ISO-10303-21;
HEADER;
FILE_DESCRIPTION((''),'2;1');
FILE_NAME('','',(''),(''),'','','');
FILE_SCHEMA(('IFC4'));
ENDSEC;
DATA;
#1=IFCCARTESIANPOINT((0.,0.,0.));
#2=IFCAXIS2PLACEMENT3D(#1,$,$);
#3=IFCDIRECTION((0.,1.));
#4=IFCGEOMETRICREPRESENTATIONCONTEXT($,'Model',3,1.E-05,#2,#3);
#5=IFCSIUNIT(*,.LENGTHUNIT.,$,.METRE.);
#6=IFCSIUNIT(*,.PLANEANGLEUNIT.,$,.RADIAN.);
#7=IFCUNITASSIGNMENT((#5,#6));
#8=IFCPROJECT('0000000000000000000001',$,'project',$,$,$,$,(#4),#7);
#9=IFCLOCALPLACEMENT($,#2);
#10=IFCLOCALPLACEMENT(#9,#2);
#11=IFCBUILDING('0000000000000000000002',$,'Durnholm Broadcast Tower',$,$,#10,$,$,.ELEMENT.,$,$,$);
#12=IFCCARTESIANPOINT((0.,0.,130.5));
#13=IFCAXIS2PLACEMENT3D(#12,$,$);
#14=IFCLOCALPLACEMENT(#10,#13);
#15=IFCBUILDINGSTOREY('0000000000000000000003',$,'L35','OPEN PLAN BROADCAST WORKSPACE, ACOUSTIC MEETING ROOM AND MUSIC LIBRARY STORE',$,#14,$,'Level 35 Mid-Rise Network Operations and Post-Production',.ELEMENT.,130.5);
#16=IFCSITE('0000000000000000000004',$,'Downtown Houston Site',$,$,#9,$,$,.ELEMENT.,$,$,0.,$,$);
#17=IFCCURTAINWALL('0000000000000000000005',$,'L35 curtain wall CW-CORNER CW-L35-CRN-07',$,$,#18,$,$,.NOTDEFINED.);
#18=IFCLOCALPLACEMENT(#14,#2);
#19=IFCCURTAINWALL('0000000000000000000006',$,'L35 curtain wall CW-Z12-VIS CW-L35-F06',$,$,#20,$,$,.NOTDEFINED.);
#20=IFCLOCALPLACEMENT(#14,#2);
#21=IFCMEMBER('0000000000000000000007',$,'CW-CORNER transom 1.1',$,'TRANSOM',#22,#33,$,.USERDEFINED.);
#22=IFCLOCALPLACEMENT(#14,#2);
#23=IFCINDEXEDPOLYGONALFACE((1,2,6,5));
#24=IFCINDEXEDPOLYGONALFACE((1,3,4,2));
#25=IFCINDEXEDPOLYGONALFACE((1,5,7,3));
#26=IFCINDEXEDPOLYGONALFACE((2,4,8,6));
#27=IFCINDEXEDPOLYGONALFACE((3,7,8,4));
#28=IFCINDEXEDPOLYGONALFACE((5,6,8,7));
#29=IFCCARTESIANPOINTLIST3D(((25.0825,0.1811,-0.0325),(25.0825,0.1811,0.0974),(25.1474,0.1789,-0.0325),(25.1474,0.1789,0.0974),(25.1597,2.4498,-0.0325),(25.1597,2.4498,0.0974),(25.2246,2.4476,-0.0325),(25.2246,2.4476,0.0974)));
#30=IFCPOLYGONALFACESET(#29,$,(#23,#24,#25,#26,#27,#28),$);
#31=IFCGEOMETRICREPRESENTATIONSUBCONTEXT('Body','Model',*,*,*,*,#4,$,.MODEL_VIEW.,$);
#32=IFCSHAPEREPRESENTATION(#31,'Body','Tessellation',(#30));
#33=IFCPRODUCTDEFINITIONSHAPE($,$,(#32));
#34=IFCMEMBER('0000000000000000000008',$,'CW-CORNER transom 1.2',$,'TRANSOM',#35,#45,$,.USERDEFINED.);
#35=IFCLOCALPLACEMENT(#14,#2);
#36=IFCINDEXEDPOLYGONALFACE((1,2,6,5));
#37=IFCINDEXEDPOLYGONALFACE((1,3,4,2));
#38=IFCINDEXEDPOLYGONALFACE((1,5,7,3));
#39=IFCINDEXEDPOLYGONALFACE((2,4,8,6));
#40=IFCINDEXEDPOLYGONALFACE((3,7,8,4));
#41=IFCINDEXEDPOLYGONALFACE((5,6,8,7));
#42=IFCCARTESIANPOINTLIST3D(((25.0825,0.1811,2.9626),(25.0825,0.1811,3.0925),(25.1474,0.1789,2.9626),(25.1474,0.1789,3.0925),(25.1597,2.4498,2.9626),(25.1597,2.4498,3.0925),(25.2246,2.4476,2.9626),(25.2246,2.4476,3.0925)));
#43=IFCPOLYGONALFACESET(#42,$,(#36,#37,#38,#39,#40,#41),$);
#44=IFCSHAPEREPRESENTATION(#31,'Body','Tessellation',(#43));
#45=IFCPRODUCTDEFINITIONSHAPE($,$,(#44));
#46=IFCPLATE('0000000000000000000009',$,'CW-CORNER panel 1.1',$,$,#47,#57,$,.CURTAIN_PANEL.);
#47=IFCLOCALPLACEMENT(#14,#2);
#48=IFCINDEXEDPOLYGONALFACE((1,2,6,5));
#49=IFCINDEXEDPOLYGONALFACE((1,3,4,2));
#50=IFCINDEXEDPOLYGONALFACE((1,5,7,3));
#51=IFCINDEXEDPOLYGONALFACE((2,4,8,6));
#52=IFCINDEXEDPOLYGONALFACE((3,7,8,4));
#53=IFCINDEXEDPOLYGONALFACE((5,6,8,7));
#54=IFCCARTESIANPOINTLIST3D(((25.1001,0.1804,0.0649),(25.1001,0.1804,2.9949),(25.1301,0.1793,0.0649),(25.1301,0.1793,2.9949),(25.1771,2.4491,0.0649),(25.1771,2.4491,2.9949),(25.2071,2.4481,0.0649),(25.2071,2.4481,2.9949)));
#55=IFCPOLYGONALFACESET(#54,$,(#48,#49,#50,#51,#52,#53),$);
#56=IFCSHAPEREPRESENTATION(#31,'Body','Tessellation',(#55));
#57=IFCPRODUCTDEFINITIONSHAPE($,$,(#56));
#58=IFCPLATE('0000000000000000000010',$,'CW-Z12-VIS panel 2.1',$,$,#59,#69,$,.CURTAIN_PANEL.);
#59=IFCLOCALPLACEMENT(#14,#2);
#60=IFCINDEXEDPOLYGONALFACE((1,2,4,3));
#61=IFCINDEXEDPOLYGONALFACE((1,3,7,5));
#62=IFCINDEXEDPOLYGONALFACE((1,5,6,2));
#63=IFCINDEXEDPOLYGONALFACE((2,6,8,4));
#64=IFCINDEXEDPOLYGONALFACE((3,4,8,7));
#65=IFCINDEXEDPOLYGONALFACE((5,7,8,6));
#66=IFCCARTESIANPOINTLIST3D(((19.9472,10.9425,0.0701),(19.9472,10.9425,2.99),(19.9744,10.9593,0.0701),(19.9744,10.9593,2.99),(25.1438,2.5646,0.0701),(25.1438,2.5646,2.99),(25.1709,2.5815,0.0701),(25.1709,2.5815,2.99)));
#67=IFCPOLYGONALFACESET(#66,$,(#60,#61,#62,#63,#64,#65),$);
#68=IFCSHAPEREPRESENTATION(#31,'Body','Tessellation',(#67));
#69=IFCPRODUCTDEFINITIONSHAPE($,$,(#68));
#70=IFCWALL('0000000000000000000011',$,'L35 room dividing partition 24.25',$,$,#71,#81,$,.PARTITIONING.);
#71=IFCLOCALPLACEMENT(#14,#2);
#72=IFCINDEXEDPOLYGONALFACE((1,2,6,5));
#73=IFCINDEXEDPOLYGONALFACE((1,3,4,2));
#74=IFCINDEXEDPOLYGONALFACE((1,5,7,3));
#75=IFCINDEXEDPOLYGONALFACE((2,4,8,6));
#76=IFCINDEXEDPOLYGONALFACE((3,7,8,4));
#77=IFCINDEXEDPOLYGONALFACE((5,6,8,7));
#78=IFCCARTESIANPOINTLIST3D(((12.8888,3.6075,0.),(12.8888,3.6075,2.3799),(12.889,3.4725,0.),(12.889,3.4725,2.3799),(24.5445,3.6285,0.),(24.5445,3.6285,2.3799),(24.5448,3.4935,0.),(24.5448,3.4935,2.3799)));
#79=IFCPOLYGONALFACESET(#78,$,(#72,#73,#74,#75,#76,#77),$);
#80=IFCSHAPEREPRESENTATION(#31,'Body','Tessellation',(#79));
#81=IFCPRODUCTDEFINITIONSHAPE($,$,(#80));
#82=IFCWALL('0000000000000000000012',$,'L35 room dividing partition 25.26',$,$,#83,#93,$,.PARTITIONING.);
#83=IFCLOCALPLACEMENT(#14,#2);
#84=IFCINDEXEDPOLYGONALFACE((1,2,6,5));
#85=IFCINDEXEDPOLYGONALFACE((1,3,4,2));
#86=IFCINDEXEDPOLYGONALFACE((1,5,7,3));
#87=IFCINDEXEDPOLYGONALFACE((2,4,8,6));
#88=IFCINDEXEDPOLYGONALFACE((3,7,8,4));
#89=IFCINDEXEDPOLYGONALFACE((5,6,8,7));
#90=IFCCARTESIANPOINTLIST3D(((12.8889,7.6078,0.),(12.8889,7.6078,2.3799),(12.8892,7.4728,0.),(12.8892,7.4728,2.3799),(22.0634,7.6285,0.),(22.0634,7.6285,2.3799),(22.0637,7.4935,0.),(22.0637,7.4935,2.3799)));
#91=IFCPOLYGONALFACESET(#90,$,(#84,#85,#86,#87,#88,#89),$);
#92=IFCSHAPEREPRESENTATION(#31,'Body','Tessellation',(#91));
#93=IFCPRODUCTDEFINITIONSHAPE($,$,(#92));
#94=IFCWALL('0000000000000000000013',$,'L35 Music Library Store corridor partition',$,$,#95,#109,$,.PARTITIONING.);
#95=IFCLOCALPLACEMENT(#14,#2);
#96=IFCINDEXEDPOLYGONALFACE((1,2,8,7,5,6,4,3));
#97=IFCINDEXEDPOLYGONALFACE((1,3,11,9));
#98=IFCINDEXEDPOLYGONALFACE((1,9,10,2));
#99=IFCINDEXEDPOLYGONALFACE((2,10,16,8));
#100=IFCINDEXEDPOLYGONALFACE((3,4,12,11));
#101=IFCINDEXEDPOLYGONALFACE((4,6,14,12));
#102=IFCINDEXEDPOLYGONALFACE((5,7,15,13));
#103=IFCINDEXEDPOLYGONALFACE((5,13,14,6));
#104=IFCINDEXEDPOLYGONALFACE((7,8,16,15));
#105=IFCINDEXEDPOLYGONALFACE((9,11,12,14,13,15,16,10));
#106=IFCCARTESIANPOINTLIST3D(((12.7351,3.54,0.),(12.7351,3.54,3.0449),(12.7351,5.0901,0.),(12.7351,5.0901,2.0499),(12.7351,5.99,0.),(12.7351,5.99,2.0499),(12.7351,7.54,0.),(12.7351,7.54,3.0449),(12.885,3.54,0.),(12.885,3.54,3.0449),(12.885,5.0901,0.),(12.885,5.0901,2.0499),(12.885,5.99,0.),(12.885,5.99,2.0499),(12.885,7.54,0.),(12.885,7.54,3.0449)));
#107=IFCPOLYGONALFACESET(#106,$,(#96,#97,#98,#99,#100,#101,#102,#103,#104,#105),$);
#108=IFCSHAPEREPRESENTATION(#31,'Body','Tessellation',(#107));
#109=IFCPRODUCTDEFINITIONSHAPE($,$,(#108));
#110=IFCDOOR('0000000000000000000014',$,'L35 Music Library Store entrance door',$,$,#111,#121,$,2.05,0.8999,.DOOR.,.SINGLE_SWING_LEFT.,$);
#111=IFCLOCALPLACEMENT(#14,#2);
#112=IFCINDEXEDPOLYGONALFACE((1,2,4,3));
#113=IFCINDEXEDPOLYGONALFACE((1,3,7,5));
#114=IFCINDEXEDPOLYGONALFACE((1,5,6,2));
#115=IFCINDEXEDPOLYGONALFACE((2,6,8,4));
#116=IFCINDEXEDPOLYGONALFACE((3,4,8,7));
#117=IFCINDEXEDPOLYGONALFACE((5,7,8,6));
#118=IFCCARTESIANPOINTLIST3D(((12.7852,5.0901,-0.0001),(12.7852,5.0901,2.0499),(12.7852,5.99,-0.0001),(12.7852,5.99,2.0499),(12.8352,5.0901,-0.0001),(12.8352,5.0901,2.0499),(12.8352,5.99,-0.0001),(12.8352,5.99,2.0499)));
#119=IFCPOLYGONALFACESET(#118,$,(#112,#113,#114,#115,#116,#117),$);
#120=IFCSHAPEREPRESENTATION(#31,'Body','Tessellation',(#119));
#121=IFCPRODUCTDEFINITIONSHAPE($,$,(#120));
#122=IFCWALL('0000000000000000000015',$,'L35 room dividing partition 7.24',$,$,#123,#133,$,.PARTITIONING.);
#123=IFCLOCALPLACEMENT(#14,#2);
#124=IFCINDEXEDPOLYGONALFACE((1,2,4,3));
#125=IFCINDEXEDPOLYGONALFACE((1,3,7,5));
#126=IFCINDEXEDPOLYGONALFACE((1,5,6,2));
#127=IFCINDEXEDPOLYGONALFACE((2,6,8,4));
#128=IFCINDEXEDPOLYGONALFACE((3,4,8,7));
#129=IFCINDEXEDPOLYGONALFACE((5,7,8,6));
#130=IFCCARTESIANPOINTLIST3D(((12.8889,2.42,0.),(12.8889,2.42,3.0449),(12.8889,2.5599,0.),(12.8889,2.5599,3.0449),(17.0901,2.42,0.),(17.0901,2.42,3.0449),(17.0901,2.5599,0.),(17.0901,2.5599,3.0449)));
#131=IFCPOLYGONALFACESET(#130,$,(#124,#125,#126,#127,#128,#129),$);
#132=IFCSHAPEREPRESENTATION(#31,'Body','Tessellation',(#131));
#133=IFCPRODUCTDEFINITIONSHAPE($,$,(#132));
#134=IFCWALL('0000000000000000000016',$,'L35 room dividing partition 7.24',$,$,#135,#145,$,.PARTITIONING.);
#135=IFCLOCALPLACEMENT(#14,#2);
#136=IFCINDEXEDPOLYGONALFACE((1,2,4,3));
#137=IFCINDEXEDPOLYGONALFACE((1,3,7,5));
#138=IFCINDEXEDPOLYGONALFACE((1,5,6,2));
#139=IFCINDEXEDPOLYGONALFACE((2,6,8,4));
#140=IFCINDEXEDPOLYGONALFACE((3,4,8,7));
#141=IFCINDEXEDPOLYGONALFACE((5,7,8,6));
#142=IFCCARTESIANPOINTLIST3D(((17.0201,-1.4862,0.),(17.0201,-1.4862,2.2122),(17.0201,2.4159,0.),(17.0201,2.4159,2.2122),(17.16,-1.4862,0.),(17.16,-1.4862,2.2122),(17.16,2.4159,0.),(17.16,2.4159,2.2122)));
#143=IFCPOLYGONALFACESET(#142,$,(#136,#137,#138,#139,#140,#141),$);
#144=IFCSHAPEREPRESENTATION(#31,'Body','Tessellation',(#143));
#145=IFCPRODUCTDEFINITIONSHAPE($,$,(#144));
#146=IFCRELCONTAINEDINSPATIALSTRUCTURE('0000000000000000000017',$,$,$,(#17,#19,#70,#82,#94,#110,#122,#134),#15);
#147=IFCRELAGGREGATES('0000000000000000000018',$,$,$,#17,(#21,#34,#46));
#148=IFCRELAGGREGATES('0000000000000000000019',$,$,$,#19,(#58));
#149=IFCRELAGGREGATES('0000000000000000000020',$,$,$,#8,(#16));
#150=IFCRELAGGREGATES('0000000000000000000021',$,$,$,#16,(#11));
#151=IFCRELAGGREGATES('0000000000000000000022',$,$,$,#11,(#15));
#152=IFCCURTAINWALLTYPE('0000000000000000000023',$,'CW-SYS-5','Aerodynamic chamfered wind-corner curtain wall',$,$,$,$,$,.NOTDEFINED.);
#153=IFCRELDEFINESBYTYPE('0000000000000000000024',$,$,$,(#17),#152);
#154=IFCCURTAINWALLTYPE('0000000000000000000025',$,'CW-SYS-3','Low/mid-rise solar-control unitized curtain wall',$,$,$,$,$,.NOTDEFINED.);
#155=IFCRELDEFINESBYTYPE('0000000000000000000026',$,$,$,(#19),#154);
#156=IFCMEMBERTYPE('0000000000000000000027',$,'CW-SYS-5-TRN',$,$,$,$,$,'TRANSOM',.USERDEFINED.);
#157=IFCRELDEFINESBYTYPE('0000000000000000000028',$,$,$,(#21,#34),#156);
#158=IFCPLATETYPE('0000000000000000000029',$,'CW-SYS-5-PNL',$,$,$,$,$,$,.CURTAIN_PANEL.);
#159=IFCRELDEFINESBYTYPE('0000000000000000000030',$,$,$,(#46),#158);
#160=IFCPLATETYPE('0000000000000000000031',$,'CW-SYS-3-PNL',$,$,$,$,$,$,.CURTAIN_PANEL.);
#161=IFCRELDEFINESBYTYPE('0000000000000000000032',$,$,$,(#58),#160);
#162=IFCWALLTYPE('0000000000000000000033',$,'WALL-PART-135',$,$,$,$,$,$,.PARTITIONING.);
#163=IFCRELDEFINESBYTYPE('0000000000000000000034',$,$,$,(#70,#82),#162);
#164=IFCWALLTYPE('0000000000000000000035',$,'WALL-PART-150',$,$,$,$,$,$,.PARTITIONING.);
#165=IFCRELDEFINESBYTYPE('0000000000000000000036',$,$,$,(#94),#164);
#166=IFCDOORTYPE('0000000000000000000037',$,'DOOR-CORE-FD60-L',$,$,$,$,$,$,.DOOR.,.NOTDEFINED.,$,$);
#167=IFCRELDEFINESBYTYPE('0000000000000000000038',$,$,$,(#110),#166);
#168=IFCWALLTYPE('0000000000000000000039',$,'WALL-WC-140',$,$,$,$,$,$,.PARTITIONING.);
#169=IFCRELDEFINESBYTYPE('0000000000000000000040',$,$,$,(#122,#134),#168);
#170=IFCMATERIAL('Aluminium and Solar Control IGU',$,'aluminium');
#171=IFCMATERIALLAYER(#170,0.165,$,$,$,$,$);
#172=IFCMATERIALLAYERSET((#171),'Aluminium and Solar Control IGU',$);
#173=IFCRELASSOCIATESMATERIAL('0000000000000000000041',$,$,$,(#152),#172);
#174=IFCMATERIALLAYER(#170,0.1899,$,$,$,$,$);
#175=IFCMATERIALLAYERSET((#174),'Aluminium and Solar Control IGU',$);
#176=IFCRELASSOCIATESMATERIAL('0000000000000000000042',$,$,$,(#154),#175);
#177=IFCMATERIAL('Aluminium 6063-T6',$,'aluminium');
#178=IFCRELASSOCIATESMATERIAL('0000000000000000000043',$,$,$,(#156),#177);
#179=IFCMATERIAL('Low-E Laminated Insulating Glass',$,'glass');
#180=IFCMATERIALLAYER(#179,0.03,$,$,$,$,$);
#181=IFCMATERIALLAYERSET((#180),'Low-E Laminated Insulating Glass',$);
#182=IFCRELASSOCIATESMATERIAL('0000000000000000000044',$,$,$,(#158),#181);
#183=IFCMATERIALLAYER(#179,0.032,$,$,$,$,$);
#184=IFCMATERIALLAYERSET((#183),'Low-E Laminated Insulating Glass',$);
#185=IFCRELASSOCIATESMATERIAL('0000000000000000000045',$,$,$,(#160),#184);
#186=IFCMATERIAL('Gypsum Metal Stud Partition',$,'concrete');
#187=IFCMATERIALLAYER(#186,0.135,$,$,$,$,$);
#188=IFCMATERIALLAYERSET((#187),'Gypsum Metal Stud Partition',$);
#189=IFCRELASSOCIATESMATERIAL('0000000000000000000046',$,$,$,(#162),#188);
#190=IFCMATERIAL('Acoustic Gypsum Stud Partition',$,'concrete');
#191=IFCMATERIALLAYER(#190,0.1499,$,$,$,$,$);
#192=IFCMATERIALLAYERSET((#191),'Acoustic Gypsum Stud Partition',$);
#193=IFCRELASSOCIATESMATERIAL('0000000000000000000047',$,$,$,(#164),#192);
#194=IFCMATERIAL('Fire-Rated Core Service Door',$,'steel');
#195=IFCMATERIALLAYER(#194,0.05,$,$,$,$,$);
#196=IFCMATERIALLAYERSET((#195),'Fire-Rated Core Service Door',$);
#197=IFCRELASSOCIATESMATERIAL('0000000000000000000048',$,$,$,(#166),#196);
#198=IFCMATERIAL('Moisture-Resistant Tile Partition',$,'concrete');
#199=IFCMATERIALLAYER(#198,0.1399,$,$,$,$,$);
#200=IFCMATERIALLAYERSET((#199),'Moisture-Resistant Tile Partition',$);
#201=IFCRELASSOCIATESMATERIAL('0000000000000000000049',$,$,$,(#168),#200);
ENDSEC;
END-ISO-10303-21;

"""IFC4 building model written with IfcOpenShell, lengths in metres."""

from ifc_helpers import new_model, si_unit, direction, frame, frame_2d, origin, origin_2d, place, context, subcontext, project, spatial, rectangle, extrude, source, transform, mapped, material, layer, layer_set, material_profile, profile_set, type_object, type_shapes, element, fill, aggregate, save


model = new_model("IFC4")

# Units and contexts
model_context = context("Model", 3, precision=1e-05, world=origin(), true_north=direction((0.0, 1.0)))
body_context = subcontext(model_context, "Body", "Model", "MODEL_VIEW")
ifc_project = project(units=[si_unit("LENGTHUNIT", "METRE"), si_unit("PLANEANGLEUNIT", "RADIAN")], contexts=[model_context])

# Site, building, storey
site_placement = place(None, origin())
site = spatial("IfcSite", under=ifc_project, at=site_placement, Name="Downtown Houston Site", CompositionType="ELEMENT", RefElevation=0.0)
building_placement = place(site_placement, origin())
building = spatial("IfcBuilding", under=site, at=building_placement, Name="Durnholm Broadcast Tower", CompositionType="ELEMENT")
storey_placement = place(building_placement, frame((0.0, 0.0, 130.5)))
storey = spatial("IfcBuildingStorey", under=building, at=storey_placement, Name="L35", Description="OPEN PLAN BROADCAST WORKSPACE, ACOUSTIC MEETING ROOM AND MUSIC LIBRARY STORE", LongName="Level 35 Mid-Rise Network Operations and Post-Production", CompositionType="ELEMENT", Elevation=130.5)

# Curtain walls
ifc_material_1 = material(Name="Aluminium and Solar Control IGU", Category="aluminium")
ifc_layer_1 = layer(ifc_material_1, 0.165)
ifc_layer_set_1 = layer_set([ifc_layer_1], Name="Aluminium and Solar Control IGU")
curtain_wall_type_1 = type_object("IfcCurtainWallType", Name="CW-SYS-5", Description="Aerodynamic chamfered wind-corner curtain wall", PredefinedType="NOTDEFINED", material=ifc_layer_set_1)
curtain_wall_1_placement = place(storey_placement, origin())
curtain_wall_1 = element("IfcCurtainWall", 1, at=curtain_wall_1_placement, inside=storey, type_object=curtain_wall_type_1, Name="L35 curtain wall CW-CORNER CW-L35-CRN-07", PredefinedType="NOTDEFINED")
ifc_material_2 = material(Name="Aluminium 6063-T6", Category="aluminium")
ifc_layer_2 = layer(ifc_material_1, 0.1899)
ifc_layer_set_2 = layer_set([ifc_layer_2], Name="Aluminium and Solar Control IGU")
curtain_wall_type_2 = type_object("IfcCurtainWallType", Name="CW-SYS-3", Description="Low/mid-rise solar-control unitized curtain wall", PredefinedType="NOTDEFINED", material=ifc_layer_set_2)
curtain_wall_2_placement = place(storey_placement, origin())
curtain_wall_2 = element("IfcCurtainWall", 2, at=curtain_wall_2_placement, inside=storey, type_object=curtain_wall_type_2, Name="L35 curtain wall CW-Z12-VIS CW-L35-F06", PredefinedType="NOTDEFINED")

# Members
ifc_material_profile_1 = material_profile(ifc_material_2, rectangle(XDim=0.0649, YDim=0.1299, at=origin_2d()), Name="CWT65X130")
ifc_profile_set_1 = profile_set([ifc_material_profile_1], Name="Aluminium 6063-T6")
member_type_1 = type_object("IfcMemberType", Name="CW-SYS-5-TRN", ElementType="TRANSOM", PredefinedType="USERDEFINED", material=ifc_profile_set_1)
shared_shape_1 = source(origin(), body_context, "Body", "SweptSolid", [
    extrude(rectangle(XDim=0.0649, YDim=0.1299, at=origin_2d()), origin(), (0.0, 0.0, 1.0), 2.27),
])
type_shapes(member_type_1, [shared_shape_1])
member_1_placement = place(storey_placement, frame((25.1921, 2.4487, 0.0325), z_axis=(-0.033984, -0.999422, 0.0), x_axis=(0.999422, -0.033984, 0.0)))
member_1 = element("IfcMember", 3, at=member_1_placement, type_object=member_type_1, Name="CW-CORNER transom 1.1", ObjectType="TRANSOM", PredefinedType="USERDEFINED", context=body_context, shape_type="MappedRepresentation", body=[
    mapped(shared_shape_1, transform((0.0, 0.0, 0.0), x_axis=(1.0, 0.0, 0.0), y_axis=(0.0, 1.0, 0.0), z_axis=(0.0, 0.0, 1.0), scale=1.0)),
])
member_2_placement = place(storey_placement, frame((25.1921, 2.4487, 3.0276), z_axis=(-0.033984, -0.999422, 0.0), x_axis=(0.999422, -0.033984, 0.0)))
member_2 = element("IfcMember", 4, at=member_2_placement, type_object=member_type_1, Name="CW-CORNER transom 1.2", ObjectType="TRANSOM", PredefinedType="USERDEFINED", context=body_context, shape_type="MappedRepresentation", body=[
    mapped(shared_shape_1, transform((0.0, 0.0, 0.0), x_axis=(1.0, 0.0, 0.0), y_axis=(0.0, 1.0, 0.0), z_axis=(0.0, 0.0, 1.0), scale=1.0)),
])

# Plates
ifc_material_3 = material(Name="Low-E Laminated Insulating Glass", Category="glass")
ifc_layer_3 = layer(ifc_material_3, 0.03)
ifc_layer_set_3 = layer_set([ifc_layer_3], Name="Low-E Laminated Insulating Glass")
plate_type_1 = type_object("IfcPlateType", Name="CW-SYS-5-PNL", PredefinedType="CURTAIN_PANEL", material=ifc_layer_set_3)
shared_shape_2 = source(origin(), body_context, "Body", "SweptSolid", [
    extrude(rectangle(XDim=2.27, YDim=0.03, at=origin_2d()), origin(), (0.0, 0.0, 1.0), 2.9299),
])
type_shapes(plate_type_1, [shared_shape_2])
plate_1_placement = place(storey_placement, frame((25.1536, 1.3142, 0.0649), z_axis=(0.0, 0.0, 1.0), x_axis=(-0.033917, -0.999425, 0.0)))
plate_1 = element("IfcPlate", 5, at=plate_1_placement, type_object=plate_type_1, Name="CW-CORNER panel 1.1", PredefinedType="CURTAIN_PANEL", context=body_context, shape_type="MappedRepresentation", body=[
    mapped(shared_shape_2, transform((0.0, 0.0, 0.0), x_axis=(1.0, 0.0, 0.0), y_axis=(0.0, 1.0, 0.0), z_axis=(0.0, 0.0, 1.0), scale=1.0)),
])
aggregate(curtain_wall_1, [member_1, member_2, plate_1])
ifc_layer_4 = layer(ifc_material_3, 0.032)
ifc_layer_set_4 = layer_set([ifc_layer_4], Name="Low-E Laminated Insulating Glass")
plate_type_2 = type_object("IfcPlateType", Name="CW-SYS-3-PNL", PredefinedType="CURTAIN_PANEL", material=ifc_layer_set_4)
shared_shape_3 = source(origin(), body_context, "Body", "SweptSolid", [
    extrude(rectangle(XDim=9.8586, YDim=0.032, at=origin_2d()), origin(), (0.0, 0.0, 1.0), 2.9199),
])
type_shapes(plate_type_2, [shared_shape_3])
plate_2_placement = place(storey_placement, frame((22.5591, 6.762, 0.0701), z_axis=(0.0, 0.0, 1.0), x_axis=(0.527105, -0.8498, 0.0)))
plate_2 = element("IfcPlate", 6, at=plate_2_placement, type_object=plate_type_2, Name="CW-Z12-VIS panel 2.1", PredefinedType="CURTAIN_PANEL", context=body_context, shape_type="MappedRepresentation", body=[
    mapped(shared_shape_3, transform((0.0, 0.0, 0.0), x_axis=(1.0, 0.0, 0.0), y_axis=(0.0, 1.0, 0.0), z_axis=(0.0, 0.0, 1.0), scale=1.0)),
])
aggregate(curtain_wall_2, [plate_2])

# Walls
ifc_material_4 = material(Name="Gypsum Metal Stud Partition", Category="concrete")
ifc_layer_5 = layer(ifc_material_4, 0.135)
ifc_layer_set_5 = layer_set([ifc_layer_5], Name="Gypsum Metal Stud Partition")
wall_type_1 = type_object("IfcWallType", Name="WALL-PART-135", PredefinedType="PARTITIONING", material=ifc_layer_set_5)
wall_1_placement = place(storey_placement, frame((12.8889, 3.54, 0.0), z_axis=(0.0, 0.0, 1.0), x_axis=(0.999998, 0.001801, 0.0)))
element("IfcWall", 7, at=wall_1_placement, inside=storey, type_object=wall_type_1, Name="L35 room dividing partition 24.25", PredefinedType="PARTITIONING", context=body_context, shape_type="SweptSolid", body=[
    extrude(rectangle(XDim=11.6558, YDim=0.135, at=frame_2d((5.8279, 0.0))), origin(), (0.0, 0.0, 1.0), 2.3799),
])
wall_2_placement = place(storey_placement, frame((12.8889, 7.5403, 0.0), z_axis=(0.0, 0.0, 1.0), x_axis=(0.999997, 0.002262, 0.0)))
element("IfcWall", 8, at=wall_2_placement, inside=storey, type_object=wall_type_1, Name="L35 room dividing partition 25.26", PredefinedType="PARTITIONING", context=body_context, shape_type="SweptSolid", body=[
    extrude(rectangle(XDim=9.1746, YDim=0.135, at=frame_2d((4.5874, 0.0))), origin(), (0.0, 0.0, 1.0), 2.3799),
])

# Wall, opening, door
ifc_material_5 = material(Name="Acoustic Gypsum Stud Partition", Category="concrete")
ifc_layer_6 = layer(ifc_material_5, 0.1499)
ifc_layer_set_6 = layer_set([ifc_layer_6], Name="Acoustic Gypsum Stud Partition")
wall_type_2 = type_object("IfcWallType", Name="WALL-PART-150", PredefinedType="PARTITIONING", material=ifc_layer_set_6)
wall_3_placement = place(storey_placement, frame((12.8101, 3.54, 0.0), z_axis=(0.0, 0.0, 1.0), x_axis=(0.0, 1.0, 0.0)))
wall_3 = element("IfcWall", 9, at=wall_3_placement, inside=storey, type_object=wall_type_2, Name="L35 Music Library Store corridor partition", PredefinedType="PARTITIONING", context=body_context, shape_type="SweptSolid", body=[
    extrude(rectangle(XDim=4.0, YDim=0.1499, at=frame_2d((2.0, 0.0))), origin(), (0.0, 0.0, 1.0), 3.0449),
])
opening_1_placement = place(wall_3_placement, frame((1.55, 0.0, 0.0)))
opening_1 = element("IfcOpeningElement", 10, at=opening_1_placement, cuts=wall_3, PredefinedType="OPENING", context=body_context, shape_type="SweptSolid", body=[
    extrude(rectangle(XDim=0.8999, YDim=2.05, at=frame_2d((0.45, 1.0249))), frame((0.0, 0.085, 0.0), z_axis=(0.0, -1.0, 0.0), x_axis=(1.0, 0.0, 0.0)), (0.0, 0.0, 1.0), 0.1699),
])
ifc_material_6 = material(Name="Fire-Rated Core Service Door", Category="steel")
ifc_layer_7 = layer(ifc_material_6, 0.05)
ifc_layer_set_7 = layer_set([ifc_layer_7], Name="Fire-Rated Core Service Door")
door_type_1 = type_object("IfcDoorType", Name="DOOR-CORE-FD60-L", OperationType="NOTDEFINED", PredefinedType="DOOR", material=ifc_layer_set_7)
shared_shape_4 = source(origin(), body_context, "Body", "SweptSolid", [
    extrude(rectangle(XDim=0.8999, YDim=2.05, at=frame_2d((0.45, 1.0249))), frame((0.0, 0.0249, 0.0), z_axis=(0.0, -1.0, 0.0), x_axis=(1.0, 0.0, 0.0)), (0.0, 0.0, 1.0), 0.05),
])
type_shapes(door_type_1, [shared_shape_4])
door_1_placement = place(opening_1_placement, origin())
door_1 = element("IfcDoor", 11, at=door_1_placement, inside=storey, type_object=door_type_1, Name="L35 Music Library Store entrance door", OperationType="SINGLE_SWING_LEFT", OverallHeight=2.05, OverallWidth=0.8999, PredefinedType="DOOR", context=body_context, shape_type="MappedRepresentation", body=[
    mapped(shared_shape_4, transform((0.0, 0.0, 0.0), x_axis=(1.0, 0.0, 0.0), y_axis=(0.0, 1.0, 0.0), z_axis=(0.0, 0.0, 1.0), scale=1.0)),
])
fill(opening_1, door_1)

# Walls
ifc_material_7 = material(Name="Moisture-Resistant Tile Partition", Category="concrete")
ifc_layer_8 = layer(ifc_material_7, 0.1399)
ifc_layer_set_8 = layer_set([ifc_layer_8], Name="Moisture-Resistant Tile Partition")
wall_type_3 = type_object("IfcWallType", Name="WALL-WC-140", PredefinedType="PARTITIONING", material=ifc_layer_set_8)
wall_4_placement = place(storey_placement, frame((12.8889, 2.49, 0.0), z_axis=(0.0, 0.0, 1.0), x_axis=(1.0, 0.0, 0.0)))
element("IfcWall", 12, at=wall_4_placement, inside=storey, type_object=wall_type_3, Name="L35 room dividing partition 7.24", PredefinedType="PARTITIONING", context=body_context, shape_type="SweptSolid", body=[
    extrude(rectangle(XDim=4.2012, YDim=0.1399, at=frame_2d((2.1006, 0.0))), origin(), (0.0, 0.0, 1.0), 3.0449),
])
wall_5_placement = place(storey_placement, frame((17.0901, 2.416, 0.0), z_axis=(0.0, 0.0, 1.0), x_axis=(0.0, -1.0, 0.0)))
element("IfcWall", 13, at=wall_5_placement, inside=storey, type_object=wall_type_3, Name="L35 room dividing partition 7.24", PredefinedType="PARTITIONING", context=body_context, shape_type="SweptSolid", body=[
    extrude(rectangle(XDim=3.9021, YDim=0.1399, at=frame_2d((1.9512, 0.0))), origin(), (0.0, 0.0, 1.0), 2.2122),
])

save(model, "model.ifc")
